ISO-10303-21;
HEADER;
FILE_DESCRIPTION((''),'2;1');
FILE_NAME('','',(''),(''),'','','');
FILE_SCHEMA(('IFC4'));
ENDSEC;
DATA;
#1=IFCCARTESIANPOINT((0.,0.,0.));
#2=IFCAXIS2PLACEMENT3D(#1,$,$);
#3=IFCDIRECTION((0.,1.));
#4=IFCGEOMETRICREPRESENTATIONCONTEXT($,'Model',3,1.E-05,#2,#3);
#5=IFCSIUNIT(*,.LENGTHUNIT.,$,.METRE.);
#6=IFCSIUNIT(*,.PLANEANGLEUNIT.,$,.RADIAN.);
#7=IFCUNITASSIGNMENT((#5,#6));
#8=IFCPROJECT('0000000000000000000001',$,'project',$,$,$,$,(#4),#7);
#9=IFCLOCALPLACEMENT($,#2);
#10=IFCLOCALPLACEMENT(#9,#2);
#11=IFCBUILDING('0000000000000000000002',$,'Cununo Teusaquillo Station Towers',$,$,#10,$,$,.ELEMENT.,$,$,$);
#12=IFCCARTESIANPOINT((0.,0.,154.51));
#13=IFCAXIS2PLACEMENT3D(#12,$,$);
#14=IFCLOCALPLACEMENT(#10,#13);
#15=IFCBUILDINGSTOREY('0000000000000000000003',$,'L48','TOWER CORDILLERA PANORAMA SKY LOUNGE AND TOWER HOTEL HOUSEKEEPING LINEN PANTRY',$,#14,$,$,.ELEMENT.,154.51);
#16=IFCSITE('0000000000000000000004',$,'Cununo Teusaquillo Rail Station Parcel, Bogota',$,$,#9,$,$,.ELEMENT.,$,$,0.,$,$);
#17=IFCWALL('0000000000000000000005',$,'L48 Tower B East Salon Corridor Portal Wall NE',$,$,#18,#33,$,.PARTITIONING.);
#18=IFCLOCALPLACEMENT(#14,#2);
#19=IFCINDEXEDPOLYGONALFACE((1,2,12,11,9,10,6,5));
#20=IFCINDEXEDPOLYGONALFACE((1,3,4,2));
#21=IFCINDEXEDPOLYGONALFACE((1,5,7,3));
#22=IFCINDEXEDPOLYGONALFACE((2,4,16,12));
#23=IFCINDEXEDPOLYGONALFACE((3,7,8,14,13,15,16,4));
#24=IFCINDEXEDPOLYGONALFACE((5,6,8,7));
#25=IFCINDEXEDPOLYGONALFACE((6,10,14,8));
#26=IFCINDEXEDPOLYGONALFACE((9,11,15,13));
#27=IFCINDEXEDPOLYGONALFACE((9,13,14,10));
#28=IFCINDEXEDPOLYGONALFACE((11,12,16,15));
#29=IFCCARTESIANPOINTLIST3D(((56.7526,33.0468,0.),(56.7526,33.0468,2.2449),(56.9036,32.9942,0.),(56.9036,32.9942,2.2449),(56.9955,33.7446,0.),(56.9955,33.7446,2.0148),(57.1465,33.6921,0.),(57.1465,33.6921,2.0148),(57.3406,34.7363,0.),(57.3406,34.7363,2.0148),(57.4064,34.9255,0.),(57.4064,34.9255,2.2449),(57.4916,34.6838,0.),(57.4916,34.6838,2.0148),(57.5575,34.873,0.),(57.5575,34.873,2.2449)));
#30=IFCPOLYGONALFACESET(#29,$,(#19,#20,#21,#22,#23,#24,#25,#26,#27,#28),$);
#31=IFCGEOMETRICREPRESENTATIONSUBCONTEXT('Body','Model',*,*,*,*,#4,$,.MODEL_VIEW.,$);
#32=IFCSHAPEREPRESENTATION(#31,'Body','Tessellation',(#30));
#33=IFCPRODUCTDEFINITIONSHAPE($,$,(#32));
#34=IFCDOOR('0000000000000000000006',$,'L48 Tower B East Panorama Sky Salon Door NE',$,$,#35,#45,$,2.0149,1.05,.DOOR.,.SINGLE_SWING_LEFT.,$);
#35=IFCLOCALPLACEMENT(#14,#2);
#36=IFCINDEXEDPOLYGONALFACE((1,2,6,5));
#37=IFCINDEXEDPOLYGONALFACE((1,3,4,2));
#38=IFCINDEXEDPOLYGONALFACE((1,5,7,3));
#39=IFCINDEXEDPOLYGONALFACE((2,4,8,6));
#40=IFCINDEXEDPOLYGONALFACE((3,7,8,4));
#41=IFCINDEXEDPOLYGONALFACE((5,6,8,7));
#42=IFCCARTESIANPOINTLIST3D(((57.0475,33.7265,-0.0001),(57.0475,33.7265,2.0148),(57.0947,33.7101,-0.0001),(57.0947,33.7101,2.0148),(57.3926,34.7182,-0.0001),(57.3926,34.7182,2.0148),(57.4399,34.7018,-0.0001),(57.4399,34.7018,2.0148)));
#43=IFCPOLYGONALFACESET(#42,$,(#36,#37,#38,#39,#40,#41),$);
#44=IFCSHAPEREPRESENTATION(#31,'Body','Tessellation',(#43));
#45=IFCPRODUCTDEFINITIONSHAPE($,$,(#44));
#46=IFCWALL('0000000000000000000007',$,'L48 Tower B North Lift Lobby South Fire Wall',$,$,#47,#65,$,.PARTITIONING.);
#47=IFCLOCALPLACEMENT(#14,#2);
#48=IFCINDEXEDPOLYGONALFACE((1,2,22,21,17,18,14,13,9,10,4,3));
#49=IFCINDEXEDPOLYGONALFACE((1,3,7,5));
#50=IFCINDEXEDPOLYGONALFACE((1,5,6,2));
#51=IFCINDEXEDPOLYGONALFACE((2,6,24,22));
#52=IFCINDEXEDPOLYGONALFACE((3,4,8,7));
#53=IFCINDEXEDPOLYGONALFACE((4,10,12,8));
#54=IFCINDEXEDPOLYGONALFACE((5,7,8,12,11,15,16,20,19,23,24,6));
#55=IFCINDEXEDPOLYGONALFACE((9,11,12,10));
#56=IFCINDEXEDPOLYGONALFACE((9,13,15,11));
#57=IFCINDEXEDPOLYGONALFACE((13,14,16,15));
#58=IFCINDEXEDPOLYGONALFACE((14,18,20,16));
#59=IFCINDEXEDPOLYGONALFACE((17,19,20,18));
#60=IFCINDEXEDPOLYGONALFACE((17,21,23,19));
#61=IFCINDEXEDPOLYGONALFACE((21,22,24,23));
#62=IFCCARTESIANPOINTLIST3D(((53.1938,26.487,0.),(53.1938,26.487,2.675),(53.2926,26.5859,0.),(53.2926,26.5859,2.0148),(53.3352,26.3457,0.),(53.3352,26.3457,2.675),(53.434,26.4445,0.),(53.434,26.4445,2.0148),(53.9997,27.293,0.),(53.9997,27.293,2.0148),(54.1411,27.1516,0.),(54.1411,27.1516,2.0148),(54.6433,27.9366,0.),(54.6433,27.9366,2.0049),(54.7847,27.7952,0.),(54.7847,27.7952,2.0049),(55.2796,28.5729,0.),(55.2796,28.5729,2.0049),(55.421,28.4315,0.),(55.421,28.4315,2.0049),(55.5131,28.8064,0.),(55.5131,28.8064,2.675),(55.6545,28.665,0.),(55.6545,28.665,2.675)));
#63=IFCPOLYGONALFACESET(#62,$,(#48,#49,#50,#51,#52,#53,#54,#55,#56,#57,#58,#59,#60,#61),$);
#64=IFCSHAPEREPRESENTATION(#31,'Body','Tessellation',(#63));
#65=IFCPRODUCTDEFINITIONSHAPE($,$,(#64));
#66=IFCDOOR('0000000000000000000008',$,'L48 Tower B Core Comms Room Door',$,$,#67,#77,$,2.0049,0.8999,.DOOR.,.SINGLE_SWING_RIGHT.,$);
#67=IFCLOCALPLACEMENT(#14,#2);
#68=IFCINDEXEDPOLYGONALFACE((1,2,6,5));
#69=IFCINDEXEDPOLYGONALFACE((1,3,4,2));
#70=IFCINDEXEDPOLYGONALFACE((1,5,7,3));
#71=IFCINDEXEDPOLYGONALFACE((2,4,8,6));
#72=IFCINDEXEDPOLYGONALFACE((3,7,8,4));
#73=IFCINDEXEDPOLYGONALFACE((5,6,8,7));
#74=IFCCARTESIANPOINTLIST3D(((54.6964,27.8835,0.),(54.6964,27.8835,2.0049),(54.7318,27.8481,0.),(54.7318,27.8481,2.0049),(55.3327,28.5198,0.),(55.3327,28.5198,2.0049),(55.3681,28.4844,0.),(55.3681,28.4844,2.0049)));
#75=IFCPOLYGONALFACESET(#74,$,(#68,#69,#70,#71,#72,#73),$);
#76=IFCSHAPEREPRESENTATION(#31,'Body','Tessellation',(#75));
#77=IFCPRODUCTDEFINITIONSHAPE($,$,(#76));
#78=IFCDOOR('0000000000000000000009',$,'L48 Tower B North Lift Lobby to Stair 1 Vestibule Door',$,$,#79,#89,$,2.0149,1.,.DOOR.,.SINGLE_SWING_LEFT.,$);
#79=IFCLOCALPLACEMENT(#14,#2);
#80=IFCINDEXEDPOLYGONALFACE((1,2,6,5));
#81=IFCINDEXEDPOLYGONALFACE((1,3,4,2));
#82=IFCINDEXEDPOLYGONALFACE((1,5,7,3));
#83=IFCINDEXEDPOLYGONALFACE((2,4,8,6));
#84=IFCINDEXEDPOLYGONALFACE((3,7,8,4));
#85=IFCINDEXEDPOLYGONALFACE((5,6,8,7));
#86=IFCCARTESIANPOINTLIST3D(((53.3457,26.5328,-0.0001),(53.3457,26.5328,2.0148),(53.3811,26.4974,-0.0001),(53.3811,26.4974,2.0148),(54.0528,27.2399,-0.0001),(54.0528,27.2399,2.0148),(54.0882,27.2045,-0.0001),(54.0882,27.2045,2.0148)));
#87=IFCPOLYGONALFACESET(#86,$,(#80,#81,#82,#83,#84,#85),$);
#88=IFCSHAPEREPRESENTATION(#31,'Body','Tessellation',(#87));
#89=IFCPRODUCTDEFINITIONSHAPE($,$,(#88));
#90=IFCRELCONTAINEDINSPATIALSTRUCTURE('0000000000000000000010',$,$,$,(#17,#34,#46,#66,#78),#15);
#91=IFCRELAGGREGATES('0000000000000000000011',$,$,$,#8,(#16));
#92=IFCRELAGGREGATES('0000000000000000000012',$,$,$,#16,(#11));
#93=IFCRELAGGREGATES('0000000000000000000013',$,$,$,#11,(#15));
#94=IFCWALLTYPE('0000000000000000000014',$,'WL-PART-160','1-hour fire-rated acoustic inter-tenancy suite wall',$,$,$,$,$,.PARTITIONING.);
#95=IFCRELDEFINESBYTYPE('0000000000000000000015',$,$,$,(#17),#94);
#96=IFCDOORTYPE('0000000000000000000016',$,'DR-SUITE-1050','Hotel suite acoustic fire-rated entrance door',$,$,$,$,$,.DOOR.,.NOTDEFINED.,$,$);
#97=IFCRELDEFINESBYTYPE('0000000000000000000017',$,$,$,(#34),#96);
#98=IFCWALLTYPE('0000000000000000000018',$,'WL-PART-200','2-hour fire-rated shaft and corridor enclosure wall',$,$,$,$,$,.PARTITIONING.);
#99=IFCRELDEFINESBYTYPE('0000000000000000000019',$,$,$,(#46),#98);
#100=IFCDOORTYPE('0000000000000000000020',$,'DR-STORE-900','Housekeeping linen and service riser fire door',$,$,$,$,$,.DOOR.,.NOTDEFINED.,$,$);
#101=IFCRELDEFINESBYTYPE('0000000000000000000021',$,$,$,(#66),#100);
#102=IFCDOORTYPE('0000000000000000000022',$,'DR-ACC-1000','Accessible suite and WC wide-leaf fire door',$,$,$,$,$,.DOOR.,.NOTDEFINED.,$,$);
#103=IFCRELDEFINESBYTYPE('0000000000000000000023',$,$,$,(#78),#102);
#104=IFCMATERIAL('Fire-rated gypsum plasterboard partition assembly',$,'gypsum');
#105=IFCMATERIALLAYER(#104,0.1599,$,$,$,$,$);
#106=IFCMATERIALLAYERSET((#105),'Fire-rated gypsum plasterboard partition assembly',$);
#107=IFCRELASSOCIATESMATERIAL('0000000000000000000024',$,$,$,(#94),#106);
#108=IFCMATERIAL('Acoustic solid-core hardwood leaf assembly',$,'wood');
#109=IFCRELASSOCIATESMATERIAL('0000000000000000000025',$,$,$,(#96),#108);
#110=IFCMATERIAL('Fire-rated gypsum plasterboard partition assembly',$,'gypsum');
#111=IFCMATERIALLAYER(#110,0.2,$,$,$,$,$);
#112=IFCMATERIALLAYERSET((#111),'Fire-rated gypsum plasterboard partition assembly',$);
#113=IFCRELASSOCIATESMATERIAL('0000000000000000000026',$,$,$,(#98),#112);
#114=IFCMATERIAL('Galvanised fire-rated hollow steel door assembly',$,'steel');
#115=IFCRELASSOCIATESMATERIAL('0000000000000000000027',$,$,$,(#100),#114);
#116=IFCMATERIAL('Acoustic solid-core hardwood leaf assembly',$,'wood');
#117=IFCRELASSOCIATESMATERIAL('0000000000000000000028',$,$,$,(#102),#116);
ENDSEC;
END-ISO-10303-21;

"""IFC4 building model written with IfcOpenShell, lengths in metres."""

from ifc_helpers import new_model, si_unit, direction, frame, frame_2d, origin, place, context, subcontext, project, spatial, rectangle, extrude, source, transform, mapped, material, layer, layer_set, type_object, element, fill, save


model = new_model("IFC4")

# Units and contexts
model_context = context("Model", 3, precision=1e-05, world=origin(), true_north=direction((0.0, 1.0)))
body_context = subcontext(model_context, "Body", "Model", "MODEL_VIEW")
ifc_project = project(units=[si_unit("LENGTHUNIT", "METRE"), si_unit("PLANEANGLEUNIT", "RADIAN")], contexts=[model_context])

# Site, building, storey
site_placement = place(None, origin())
site = spatial("IfcSite", under=ifc_project, at=site_placement, Name="Cununo Teusaquillo Rail Station Parcel, Bogota", CompositionType="ELEMENT", RefElevation=0.0)
building_placement = place(site_placement, origin())
building = spatial("IfcBuilding", under=site, at=building_placement, Name="Cununo Teusaquillo Station Towers", CompositionType="ELEMENT")
storey_placement = place(building_placement, frame((0.0, 0.0, 154.51)))
storey = spatial("IfcBuildingStorey", under=building, at=storey_placement, Name="L48", Description="TOWER CORDILLERA PANORAMA SKY LOUNGE AND TOWER HOTEL HOUSEKEEPING LINEN PANTRY", CompositionType="ELEMENT", Elevation=154.51)

# Shared definitions
shared_shape_1 = source(origin(), body_context, "Body", "SweptSolid", [
    extrude(rectangle(XDim=0.8999, YDim=2.0049, at=frame_2d((0.45, 1.0024))), frame((0.0, 0.0249, 0.0), z_axis=(0.0, -1.0, 0.0), x_axis=(1.0, 0.0, 0.0)), (0.0, 0.0, 1.0), 0.05),
])

# Wall, opening, door
ifc_material_1 = material(Name="Fire-rated gypsum plasterboard partition assembly", Category="gypsum")
ifc_layer_1 = layer(ifc_material_1, 0.1599)
ifc_layer_set_1 = layer_set([ifc_layer_1], Name="Fire-rated gypsum plasterboard partition assembly")
wall_type_1 = type_object("IfcWallType", Name="WL-PART-160", Description="1-hour fire-rated acoustic inter-tenancy suite wall", PredefinedType="PARTITIONING", material=ifc_layer_set_1)
wall_1_placement = place(storey_placement, frame((56.8281, 33.0205, 0.0), z_axis=(0.0, 0.0, 1.0), x_axis=(0.328682, 0.94444, 0.0)))
wall_1 = element("IfcWall", 1, at=wall_1_placement, inside=storey, type_object=wall_type_1, Name="L48 Tower B East Salon Corridor Portal Wall NE", PredefinedType="PARTITIONING", context=body_context, shape_type="SweptSolid", body=[
    extrude(rectangle(XDim=1.9893, YDim=0.1599, at=frame_2d((0.9946, 0.0))), origin(), (0.0, 0.0, 1.0), 2.2449),
])
shared_shape_2 = source(origin(), body_context, "Body", "SweptSolid", [
    extrude(rectangle(XDim=1.05, YDim=2.0149, at=frame_2d((0.5249, 1.0073))), frame((0.0, 0.0898, 0.0), z_axis=(0.0, -1.0, 0.0), x_axis=(1.0, 0.0, 0.0)), (0.0, 0.0, 1.0), 0.1799),
])
opening_1_placement = place(wall_1_placement, frame((0.739, 0.0, 0.0)))
opening_1 = element("IfcOpeningElement", 2, at=opening_1_placement, cuts=wall_1, PredefinedType="OPENING", context=body_context, shape_type="MappedRepresentation", body=[
    mapped(shared_shape_2, transform((0.0, 0.0, 0.0), x_axis=(1.0, 0.0, 0.0), y_axis=(0.0, 1.0, 0.0), z_axis=(0.0, 0.0, 1.0), scale=1.0)),
])
ifc_material_2 = material(Name="Acoustic solid-core hardwood leaf assembly", Category="wood")
door_type_1 = type_object("IfcDoorType", Name="DR-SUITE-1050", Description="Hotel suite acoustic fire-rated entrance door", OperationType="NOTDEFINED", PredefinedType="DOOR", material=ifc_material_2)
shared_shape_3 = source(origin(), body_context, "Body", "SweptSolid", [
    extrude(rectangle(XDim=1.05, YDim=2.0149, at=frame_2d((0.5249, 1.0073))), frame((0.0, 0.0249, 0.0), z_axis=(0.0, -1.0, 0.0), x_axis=(1.0, 0.0, 0.0)), (0.0, 0.0, 1.0), 0.05),
])
door_1_placement = place(opening_1_placement, origin())
door_1 = element("IfcDoor", 3, at=door_1_placement, inside=storey, type_object=door_type_1, Name="L48 Tower B East Panorama Sky Salon Door NE", OperationType="SINGLE_SWING_LEFT", OverallHeight=2.0149, OverallWidth=1.05, PredefinedType="DOOR", context=body_context, shape_type="MappedRepresentation", body=[
    mapped(shared_shape_3, transform((0.0, 0.0, 0.0), x_axis=(1.0, 0.0, 0.0), y_axis=(0.0, 1.0, 0.0), z_axis=(0.0, 0.0, 1.0), scale=1.0)),
])
fill(opening_1, door_1)

# Wall, openings, doors
ifc_material_3 = material(Name="Fire-rated gypsum plasterboard partition assembly", Category="gypsum")
ifc_layer_2 = layer(ifc_material_3, 0.2)
ifc_layer_set_2 = layer_set([ifc_layer_2], Name="Fire-rated gypsum plasterboard partition assembly")
wall_type_2 = type_object("IfcWallType", Name="WL-PART-200", Description="2-hour fire-rated shaft and corridor enclosure wall", PredefinedType="PARTITIONING", material=ifc_layer_set_2)
wall_2_placement = place(storey_placement, frame((53.2644, 26.4163, 0.0), z_axis=(0.0, 0.0, 1.0), x_axis=(0.707107, 0.707107, 0.0)))
wall_2 = element("IfcWall", 4, at=wall_2_placement, inside=storey, type_object=wall_type_2, Name="L48 Tower B North Lift Lobby South Fire Wall", PredefinedType="PARTITIONING", context=body_context, shape_type="SweptSolid", body=[
    extrude(rectangle(XDim=3.28, YDim=0.2, at=frame_2d((1.6401, 0.0))), origin(), (0.0, 0.0, 1.0), 2.675),
])
shared_shape_4 = source(origin(), body_context, "Body", "SweptSolid", [
    extrude(rectangle(XDim=1.0, YDim=2.0149, at=frame_2d((0.5, 1.0073))), frame((0.0, 0.1099, 0.0), z_axis=(0.0, -1.0, 0.0), x_axis=(1.0, 0.0, 0.0)), (0.0, 0.0, 1.0), 0.22),
])
opening_2_placement = place(wall_2_placement, frame((0.1399, 0.0, 0.0)))
opening_2 = element("IfcOpeningElement", 5, at=opening_2_placement, cuts=wall_2, PredefinedType="OPENING", context=body_context, shape_type="MappedRepresentation", body=[
    mapped(shared_shape_4, transform((0.0, 0.0, 0.0), x_axis=(1.0, 0.0, 0.0), y_axis=(0.0, 1.0, 0.0), z_axis=(0.0, 0.0, 1.0), scale=1.0)),
])
shared_shape_5 = source(origin(), body_context, "Body", "SweptSolid", [
    extrude(rectangle(XDim=0.8999, YDim=2.0049, at=frame_2d((0.45, 1.0024))), frame((0.0, 0.1099, 0.0), z_axis=(0.0, -1.0, 0.0), x_axis=(1.0, 0.0, 0.0)), (0.0, 0.0, 1.0), 0.22),
])
opening_3_placement = place(wall_2_placement, frame((2.05, 0.0, 0.0)))
opening_3 = element("IfcOpeningElement", 6, at=opening_3_placement, cuts=wall_2, PredefinedType="OPENING", context=body_context, shape_type="MappedRepresentation", body=[
    mapped(shared_shape_5, transform((0.0, 0.0, 0.0), x_axis=(1.0, 0.0, 0.0), y_axis=(0.0, 1.0, 0.0), z_axis=(0.0, 0.0, 1.0), scale=1.0)),
])
ifc_material_4 = material(Name="Galvanised fire-rated hollow steel door assembly", Category="steel")
door_type_2 = type_object("IfcDoorType", Name="DR-STORE-900", Description="Housekeeping linen and service riser fire door", OperationType="NOTDEFINED", PredefinedType="DOOR", material=ifc_material_4)
door_2_placement = place(opening_3_placement, origin())
door_2 = element("IfcDoor", 7, at=door_2_placement, inside=storey, type_object=door_type_2, Name="L48 Tower B Core Comms Room Door", OperationType="SINGLE_SWING_RIGHT", OverallHeight=2.0049, OverallWidth=0.8999, PredefinedType="DOOR", context=body_context, shape_type="MappedRepresentation", body=[
    mapped(shared_shape_1, transform((0.0, 0.0, 0.0), x_axis=(1.0, 0.0, 0.0), y_axis=(0.0, 1.0, 0.0), z_axis=(0.0, 0.0, 1.0), scale=1.0)),
])
fill(opening_3, door_2)
ifc_material_5 = material(Name="Acoustic solid-core hardwood leaf assembly", Category="wood")
door_type_3 = type_object("IfcDoorType", Name="DR-ACC-1000", Description="Accessible suite and WC wide-leaf fire door", OperationType="NOTDEFINED", PredefinedType="DOOR", material=ifc_material_5)
shared_shape_6 = source(origin(), body_context, "Body", "SweptSolid", [
    extrude(rectangle(XDim=1.0, YDim=2.0149, at=frame_2d((0.5, 1.0073))), frame((0.0, 0.0249, 0.0), z_axis=(0.0, -1.0, 0.0), x_axis=(1.0, 0.0, 0.0)), (0.0, 0.0, 1.0), 0.05),
])
door_3_placement = place(opening_2_placement, origin())
door_3 = element("IfcDoor", 8, at=door_3_placement, inside=storey, type_object=door_type_3, Name="L48 Tower B North Lift Lobby to Stair 1 Vestibule Door", OperationType="SINGLE_SWING_LEFT", OverallHeight=2.0149, OverallWidth=1.0, PredefinedType="DOOR", context=body_context, shape_type="MappedRepresentation", body=[
    mapped(shared_shape_6, transform((0.0, 0.0, 0.0), x_axis=(1.0, 0.0, 0.0), y_axis=(0.0, 1.0, 0.0), z_axis=(0.0, 0.0, 1.0), scale=1.0)),
])
fill(opening_2, door_3)

save(model, "model.ifc")
